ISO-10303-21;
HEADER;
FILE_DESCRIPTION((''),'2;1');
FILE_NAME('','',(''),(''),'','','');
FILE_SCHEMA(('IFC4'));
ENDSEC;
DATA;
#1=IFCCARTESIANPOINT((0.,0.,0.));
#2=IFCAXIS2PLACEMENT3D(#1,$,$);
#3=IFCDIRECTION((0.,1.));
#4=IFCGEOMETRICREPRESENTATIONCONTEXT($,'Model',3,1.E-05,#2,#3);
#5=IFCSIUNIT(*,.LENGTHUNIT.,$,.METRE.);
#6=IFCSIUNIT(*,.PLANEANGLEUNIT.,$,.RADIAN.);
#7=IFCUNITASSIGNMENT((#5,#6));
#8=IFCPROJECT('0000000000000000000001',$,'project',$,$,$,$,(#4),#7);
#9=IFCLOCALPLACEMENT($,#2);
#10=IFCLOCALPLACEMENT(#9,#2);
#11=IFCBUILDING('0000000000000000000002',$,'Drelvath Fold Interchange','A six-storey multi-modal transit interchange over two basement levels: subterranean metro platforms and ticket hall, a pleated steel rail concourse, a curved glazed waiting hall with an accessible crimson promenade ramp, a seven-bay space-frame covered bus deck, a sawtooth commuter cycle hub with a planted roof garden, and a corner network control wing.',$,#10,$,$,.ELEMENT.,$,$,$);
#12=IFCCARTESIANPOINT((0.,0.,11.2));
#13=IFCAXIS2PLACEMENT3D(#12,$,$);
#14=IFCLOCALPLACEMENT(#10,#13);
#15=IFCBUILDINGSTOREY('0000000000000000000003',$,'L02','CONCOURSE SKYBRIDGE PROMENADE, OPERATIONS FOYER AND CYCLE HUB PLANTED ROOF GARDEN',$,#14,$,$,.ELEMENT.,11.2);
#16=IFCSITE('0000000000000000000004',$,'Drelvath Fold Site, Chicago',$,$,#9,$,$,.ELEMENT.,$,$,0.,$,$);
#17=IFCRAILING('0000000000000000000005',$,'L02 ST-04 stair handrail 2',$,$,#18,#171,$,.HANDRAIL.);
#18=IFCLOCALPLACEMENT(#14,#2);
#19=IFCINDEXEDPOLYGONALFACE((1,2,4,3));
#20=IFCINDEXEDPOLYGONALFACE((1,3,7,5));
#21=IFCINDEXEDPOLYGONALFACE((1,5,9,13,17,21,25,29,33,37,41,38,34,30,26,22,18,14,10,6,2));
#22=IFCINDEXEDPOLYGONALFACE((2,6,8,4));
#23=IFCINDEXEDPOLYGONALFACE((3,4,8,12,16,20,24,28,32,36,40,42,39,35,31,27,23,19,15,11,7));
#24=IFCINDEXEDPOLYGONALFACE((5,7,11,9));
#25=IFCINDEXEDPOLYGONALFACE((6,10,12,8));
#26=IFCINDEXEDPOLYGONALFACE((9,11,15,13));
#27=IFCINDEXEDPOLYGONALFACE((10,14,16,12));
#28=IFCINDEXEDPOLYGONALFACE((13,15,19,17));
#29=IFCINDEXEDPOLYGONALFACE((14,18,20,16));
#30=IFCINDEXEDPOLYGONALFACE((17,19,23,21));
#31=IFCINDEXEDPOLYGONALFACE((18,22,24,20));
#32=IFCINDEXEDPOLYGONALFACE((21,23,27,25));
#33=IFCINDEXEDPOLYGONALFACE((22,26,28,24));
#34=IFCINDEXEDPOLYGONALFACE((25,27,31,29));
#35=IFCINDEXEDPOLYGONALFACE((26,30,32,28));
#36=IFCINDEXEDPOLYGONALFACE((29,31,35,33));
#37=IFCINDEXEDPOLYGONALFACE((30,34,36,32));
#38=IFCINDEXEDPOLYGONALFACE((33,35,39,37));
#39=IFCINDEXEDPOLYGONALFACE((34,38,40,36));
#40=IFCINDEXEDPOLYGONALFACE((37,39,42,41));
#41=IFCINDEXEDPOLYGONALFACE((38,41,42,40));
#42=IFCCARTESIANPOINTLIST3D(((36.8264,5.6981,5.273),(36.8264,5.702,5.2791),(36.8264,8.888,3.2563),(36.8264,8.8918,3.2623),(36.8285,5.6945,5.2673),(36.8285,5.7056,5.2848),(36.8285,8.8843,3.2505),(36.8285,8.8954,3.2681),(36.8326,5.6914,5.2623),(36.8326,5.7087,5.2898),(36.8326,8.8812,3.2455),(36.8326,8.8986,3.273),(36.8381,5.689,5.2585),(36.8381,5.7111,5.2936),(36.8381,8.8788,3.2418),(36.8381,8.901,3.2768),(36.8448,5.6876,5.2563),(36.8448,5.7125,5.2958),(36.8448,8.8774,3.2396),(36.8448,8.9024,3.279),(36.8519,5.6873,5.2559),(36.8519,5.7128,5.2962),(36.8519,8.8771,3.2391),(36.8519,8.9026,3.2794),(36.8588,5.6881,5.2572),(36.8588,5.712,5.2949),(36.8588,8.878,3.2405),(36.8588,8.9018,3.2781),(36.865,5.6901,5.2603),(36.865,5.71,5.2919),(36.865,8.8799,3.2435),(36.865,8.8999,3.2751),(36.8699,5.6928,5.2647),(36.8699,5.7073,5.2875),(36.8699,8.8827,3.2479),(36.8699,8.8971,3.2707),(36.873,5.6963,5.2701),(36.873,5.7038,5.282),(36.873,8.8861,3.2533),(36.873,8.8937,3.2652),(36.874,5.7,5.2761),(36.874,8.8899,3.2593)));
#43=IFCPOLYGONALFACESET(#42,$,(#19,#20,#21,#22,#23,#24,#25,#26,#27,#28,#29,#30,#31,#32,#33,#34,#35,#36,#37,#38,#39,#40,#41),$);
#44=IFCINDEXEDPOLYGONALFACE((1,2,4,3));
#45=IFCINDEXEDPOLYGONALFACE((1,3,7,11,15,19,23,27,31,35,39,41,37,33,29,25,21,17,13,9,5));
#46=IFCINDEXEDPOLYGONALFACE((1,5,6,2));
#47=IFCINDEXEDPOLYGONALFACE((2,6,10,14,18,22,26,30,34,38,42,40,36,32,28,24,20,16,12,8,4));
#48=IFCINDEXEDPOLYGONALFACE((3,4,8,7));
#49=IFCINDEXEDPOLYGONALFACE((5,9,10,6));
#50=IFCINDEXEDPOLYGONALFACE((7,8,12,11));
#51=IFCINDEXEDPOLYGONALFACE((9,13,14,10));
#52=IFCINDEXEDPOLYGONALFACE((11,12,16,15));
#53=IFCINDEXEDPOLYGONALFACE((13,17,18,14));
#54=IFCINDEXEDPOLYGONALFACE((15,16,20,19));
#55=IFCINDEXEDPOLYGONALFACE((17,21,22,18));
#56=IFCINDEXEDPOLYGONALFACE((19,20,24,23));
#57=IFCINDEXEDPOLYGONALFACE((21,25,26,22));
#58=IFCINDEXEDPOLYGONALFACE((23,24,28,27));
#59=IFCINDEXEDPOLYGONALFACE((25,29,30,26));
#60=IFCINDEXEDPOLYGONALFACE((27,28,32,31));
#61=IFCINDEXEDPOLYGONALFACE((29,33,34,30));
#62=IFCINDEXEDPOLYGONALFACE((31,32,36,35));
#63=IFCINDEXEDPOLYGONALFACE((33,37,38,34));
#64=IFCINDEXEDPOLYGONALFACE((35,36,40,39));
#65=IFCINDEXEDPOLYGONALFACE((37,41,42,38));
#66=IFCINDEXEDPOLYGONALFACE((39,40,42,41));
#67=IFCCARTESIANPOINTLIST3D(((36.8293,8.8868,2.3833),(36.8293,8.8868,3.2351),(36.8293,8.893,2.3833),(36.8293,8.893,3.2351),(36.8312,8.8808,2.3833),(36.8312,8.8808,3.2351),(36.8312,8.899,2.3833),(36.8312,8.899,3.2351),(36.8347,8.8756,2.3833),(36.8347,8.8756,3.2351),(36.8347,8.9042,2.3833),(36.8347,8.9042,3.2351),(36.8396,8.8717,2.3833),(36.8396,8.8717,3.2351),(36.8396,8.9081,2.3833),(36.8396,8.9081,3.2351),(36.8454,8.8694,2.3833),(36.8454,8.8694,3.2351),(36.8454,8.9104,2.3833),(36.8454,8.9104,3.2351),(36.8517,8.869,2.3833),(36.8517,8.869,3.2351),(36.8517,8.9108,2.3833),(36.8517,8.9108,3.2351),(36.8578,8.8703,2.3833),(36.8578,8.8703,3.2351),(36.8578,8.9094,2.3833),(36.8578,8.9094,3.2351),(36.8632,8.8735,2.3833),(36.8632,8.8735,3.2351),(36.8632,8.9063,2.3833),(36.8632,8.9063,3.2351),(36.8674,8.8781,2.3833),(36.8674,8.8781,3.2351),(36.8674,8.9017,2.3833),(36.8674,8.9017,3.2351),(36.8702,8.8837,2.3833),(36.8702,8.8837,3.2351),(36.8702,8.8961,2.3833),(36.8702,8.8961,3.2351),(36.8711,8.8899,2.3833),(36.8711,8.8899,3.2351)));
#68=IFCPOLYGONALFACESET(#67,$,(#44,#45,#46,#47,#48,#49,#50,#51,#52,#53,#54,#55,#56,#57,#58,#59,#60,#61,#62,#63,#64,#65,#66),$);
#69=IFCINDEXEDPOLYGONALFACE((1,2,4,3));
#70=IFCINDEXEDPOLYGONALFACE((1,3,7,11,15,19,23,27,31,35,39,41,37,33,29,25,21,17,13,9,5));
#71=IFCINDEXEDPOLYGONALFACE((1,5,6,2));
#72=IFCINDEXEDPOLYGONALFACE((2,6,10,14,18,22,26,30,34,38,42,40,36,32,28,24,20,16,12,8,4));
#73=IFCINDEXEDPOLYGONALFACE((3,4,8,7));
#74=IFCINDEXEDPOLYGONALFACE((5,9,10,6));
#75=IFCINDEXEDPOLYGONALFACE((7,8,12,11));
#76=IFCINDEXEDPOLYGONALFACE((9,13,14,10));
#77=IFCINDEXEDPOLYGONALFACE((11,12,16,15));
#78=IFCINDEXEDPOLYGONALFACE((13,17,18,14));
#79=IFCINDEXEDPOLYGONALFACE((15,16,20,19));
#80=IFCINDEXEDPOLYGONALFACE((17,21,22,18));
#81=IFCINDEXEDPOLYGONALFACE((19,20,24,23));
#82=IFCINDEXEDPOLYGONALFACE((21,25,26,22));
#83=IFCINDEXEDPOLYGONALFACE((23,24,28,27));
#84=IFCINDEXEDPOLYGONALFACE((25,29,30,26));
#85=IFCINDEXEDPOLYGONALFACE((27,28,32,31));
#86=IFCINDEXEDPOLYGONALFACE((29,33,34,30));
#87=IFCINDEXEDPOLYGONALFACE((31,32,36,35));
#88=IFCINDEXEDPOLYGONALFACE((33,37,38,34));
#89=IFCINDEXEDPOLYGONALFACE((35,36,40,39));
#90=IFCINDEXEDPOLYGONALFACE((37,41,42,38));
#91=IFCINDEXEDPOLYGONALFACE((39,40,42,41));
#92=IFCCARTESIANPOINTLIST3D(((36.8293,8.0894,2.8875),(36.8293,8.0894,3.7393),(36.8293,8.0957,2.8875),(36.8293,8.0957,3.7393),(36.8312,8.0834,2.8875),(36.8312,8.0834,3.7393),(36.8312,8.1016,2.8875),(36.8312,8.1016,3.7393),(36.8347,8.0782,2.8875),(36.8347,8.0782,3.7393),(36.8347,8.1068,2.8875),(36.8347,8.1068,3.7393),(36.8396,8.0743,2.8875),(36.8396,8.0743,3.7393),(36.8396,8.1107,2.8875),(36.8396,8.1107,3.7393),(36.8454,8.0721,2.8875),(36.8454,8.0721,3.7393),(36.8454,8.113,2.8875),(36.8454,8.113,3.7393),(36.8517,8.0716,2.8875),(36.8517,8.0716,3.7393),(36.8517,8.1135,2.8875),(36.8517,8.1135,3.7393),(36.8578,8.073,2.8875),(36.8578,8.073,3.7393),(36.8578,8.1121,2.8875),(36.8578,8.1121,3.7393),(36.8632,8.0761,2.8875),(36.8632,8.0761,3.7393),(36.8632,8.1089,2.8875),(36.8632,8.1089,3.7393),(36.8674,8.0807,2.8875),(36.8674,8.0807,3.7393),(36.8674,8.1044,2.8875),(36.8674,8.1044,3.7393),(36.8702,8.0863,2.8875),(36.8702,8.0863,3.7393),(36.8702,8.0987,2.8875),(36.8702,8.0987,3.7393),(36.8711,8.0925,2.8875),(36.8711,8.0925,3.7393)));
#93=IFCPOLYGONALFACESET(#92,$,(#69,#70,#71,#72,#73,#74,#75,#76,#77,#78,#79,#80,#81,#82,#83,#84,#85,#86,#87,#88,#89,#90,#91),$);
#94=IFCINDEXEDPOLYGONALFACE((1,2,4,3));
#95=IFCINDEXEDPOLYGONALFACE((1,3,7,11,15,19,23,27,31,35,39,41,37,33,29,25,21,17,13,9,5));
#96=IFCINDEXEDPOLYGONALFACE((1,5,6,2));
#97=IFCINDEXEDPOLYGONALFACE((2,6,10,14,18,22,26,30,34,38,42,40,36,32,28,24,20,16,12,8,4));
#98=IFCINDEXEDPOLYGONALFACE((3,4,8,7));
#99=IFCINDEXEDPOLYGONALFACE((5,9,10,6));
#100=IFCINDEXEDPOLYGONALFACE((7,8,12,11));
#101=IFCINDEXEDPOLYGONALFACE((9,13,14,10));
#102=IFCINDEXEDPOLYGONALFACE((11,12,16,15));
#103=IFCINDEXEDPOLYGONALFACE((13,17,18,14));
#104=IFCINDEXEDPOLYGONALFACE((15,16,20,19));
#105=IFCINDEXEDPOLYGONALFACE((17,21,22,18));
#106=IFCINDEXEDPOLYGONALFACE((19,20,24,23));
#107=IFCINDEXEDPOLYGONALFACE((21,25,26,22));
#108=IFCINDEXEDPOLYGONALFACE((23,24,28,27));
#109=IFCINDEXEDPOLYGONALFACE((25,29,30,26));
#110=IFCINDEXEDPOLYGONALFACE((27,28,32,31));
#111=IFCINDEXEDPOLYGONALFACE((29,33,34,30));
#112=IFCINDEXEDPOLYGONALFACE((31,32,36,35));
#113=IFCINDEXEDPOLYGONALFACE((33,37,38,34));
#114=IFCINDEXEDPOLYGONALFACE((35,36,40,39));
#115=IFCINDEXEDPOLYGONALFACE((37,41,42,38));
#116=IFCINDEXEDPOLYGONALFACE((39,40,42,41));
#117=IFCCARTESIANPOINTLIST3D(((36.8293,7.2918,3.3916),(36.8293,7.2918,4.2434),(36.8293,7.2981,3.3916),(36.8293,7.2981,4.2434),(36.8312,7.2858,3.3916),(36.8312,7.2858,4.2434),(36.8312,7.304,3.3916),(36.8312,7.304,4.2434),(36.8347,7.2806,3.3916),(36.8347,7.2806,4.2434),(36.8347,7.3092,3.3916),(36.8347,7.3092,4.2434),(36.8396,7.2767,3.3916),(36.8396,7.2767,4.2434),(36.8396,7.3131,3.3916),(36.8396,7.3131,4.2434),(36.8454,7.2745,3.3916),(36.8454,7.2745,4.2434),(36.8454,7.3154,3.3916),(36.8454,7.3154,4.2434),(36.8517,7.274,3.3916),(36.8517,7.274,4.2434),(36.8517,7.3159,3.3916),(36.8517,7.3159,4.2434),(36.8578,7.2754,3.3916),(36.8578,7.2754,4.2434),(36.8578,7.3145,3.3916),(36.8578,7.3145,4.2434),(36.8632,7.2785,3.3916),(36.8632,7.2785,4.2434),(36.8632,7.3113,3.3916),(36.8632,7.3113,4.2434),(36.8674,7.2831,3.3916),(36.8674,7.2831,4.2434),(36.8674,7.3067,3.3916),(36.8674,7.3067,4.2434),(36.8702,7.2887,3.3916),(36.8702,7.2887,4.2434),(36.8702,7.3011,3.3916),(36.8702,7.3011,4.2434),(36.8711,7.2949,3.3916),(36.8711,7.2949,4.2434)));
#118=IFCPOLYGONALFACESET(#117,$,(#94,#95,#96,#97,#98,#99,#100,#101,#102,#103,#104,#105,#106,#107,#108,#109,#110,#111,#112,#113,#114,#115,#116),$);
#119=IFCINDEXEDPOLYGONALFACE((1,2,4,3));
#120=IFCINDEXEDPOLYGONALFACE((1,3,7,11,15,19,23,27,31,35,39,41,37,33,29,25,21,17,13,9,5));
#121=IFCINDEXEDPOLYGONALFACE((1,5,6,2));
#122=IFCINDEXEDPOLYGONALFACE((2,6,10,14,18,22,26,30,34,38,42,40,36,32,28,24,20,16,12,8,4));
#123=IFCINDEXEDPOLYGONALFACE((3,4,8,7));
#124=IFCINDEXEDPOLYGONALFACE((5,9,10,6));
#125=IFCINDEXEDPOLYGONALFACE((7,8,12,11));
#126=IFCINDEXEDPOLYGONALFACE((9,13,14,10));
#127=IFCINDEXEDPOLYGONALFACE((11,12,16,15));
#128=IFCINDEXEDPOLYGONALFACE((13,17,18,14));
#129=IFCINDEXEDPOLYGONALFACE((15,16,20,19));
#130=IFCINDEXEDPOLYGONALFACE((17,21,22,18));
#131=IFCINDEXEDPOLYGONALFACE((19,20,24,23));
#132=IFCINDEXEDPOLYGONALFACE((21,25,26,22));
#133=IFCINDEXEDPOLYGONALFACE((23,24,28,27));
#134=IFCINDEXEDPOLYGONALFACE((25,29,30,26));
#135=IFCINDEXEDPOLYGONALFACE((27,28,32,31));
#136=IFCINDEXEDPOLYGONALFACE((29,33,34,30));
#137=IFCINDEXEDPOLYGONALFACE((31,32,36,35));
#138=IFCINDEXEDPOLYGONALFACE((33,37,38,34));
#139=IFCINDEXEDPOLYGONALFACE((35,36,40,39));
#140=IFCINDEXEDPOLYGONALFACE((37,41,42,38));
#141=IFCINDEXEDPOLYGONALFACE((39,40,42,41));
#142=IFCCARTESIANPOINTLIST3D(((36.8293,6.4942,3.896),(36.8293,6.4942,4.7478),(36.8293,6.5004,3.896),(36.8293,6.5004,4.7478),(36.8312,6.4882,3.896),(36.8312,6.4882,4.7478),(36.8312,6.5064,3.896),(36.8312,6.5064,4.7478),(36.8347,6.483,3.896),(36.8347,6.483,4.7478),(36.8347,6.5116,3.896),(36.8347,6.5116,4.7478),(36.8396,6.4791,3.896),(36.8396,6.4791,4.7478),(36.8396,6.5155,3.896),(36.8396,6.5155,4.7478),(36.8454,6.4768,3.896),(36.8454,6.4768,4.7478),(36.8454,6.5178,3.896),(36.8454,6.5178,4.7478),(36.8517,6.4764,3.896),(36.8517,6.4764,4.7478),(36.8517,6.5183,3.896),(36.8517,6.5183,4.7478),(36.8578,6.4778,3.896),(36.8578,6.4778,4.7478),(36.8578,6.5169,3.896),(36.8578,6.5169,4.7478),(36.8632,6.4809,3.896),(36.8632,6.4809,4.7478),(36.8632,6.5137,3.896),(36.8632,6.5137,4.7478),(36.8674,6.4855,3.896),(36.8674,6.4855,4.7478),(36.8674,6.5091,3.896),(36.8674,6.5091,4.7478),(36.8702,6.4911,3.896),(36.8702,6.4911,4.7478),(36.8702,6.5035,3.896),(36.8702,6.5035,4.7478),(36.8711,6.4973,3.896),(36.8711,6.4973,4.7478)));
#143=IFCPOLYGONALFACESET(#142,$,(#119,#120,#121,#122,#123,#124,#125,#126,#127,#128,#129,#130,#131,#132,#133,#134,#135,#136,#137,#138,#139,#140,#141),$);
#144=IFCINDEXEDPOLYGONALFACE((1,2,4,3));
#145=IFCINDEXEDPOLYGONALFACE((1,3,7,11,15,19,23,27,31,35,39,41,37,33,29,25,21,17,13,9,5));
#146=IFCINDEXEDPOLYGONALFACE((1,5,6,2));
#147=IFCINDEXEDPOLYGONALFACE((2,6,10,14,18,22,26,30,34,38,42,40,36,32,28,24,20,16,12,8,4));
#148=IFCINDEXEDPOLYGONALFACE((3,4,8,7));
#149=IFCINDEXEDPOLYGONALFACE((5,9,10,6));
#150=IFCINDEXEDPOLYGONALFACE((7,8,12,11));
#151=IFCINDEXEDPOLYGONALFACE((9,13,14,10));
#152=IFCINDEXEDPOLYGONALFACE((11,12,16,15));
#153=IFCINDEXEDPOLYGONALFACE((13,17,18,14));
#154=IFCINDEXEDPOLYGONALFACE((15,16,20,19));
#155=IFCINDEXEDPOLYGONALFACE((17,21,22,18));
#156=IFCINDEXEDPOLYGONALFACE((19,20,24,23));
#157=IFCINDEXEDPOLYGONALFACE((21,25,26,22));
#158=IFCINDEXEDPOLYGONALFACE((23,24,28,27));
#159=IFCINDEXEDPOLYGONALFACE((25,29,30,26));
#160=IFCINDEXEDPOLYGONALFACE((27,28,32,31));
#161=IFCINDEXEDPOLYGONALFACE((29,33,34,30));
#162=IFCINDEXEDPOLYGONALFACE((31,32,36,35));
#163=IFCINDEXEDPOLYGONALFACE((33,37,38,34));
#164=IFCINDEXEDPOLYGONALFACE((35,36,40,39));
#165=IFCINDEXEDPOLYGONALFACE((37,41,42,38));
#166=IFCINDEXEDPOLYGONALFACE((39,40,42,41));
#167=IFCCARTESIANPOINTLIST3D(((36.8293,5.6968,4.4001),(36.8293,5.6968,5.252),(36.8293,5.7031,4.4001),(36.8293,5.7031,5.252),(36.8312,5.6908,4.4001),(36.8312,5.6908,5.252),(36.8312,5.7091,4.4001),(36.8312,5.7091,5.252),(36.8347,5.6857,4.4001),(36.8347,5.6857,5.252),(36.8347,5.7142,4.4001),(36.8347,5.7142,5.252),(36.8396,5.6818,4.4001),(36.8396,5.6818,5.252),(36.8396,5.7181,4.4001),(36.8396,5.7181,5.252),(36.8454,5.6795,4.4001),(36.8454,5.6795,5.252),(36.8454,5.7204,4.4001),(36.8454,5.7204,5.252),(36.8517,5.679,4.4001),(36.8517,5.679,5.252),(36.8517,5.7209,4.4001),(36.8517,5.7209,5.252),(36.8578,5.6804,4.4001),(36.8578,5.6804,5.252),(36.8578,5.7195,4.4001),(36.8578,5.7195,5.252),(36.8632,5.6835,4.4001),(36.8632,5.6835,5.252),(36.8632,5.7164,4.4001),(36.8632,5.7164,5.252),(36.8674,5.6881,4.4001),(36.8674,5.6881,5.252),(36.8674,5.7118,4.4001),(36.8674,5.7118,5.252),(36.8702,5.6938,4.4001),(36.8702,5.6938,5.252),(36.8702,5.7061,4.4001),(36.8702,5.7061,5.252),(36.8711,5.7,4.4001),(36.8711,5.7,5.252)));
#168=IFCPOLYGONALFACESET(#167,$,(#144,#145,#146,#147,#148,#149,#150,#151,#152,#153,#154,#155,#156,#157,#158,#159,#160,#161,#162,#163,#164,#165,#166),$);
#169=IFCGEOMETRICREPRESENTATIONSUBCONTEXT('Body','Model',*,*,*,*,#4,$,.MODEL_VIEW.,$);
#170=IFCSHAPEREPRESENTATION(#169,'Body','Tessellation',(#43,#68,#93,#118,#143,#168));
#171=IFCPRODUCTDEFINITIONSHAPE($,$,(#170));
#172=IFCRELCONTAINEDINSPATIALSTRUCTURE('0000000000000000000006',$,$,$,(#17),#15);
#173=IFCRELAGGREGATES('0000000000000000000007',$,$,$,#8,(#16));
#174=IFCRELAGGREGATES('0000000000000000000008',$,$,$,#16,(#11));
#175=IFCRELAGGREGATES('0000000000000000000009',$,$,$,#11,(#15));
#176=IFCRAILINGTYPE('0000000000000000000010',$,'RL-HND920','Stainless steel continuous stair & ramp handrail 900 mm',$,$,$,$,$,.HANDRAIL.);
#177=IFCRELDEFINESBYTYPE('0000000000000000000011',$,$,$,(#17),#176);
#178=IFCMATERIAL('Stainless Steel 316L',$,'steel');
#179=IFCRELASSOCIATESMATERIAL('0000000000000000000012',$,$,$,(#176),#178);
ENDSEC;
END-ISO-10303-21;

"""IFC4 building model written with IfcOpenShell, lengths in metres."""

from ifc_helpers import new_model, si_unit, direction, frame, origin, origin_2d, place, context, subcontext, project, spatial, circle, extrude, material, type_object, element, save


model = new_model("IFC4")

# Units and contexts
model_context = context("Model", 3, precision=1e-05, world=origin(), true_north=direction((0.0, 1.0)))
body_context = subcontext(model_context, "Body", "Model", "MODEL_VIEW")
ifc_project = project(units=[si_unit("LENGTHUNIT", "METRE"), si_unit("PLANEANGLEUNIT", "RADIAN")], contexts=[model_context])

# Site, building, storey
site_placement = place(None, origin())
site = spatial("IfcSite", under=ifc_project, at=site_placement, Name="Drelvath Fold Site, Chicago", CompositionType="ELEMENT", RefElevation=0.0)
building_placement = place(site_placement, origin())
building = spatial("IfcBuilding", under=site, at=building_placement, Name="Drelvath Fold Interchange", Description="A six-storey multi-modal transit interchange over two basement levels: subterranean metro platforms and ticket hall, a pleated steel rail concourse, a curved glazed waiting hall with an accessible crimson promenade ramp, a seven-bay space-frame covered bus deck, a sawtooth commuter cycle hub with a planted roof garden, and a corner network control wing.", CompositionType="ELEMENT")
storey_placement = place(building_placement, frame((0.0, 0.0, 11.2)))
storey = spatial("IfcBuildingStorey", under=building, at=storey_placement, Name="L02", Description="CONCOURSE SKYBRIDGE PROMENADE, OPERATIONS FOYER AND CYCLE HUB PLANTED ROOF GARDEN", CompositionType="ELEMENT", Elevation=11.2)

# Railing
ifc_material_1 = material(Name="Stainless Steel 316L", Category="steel")
railing_type_1 = type_object("IfcRailingType", Name="RL-HND920", Description="Stainless steel continuous stair & ramp handrail 900 mm", PredefinedType="HANDRAIL", material=ifc_material_1)
railing_1_placement = place(storey_placement, frame((36.8501, 8.8899, 2.3833)))
element("IfcRailing", 1, at=railing_1_placement, inside=storey, type_object=railing_type_1, Name="L02 ST-04 stair handrail 2", PredefinedType="HANDRAIL", context=body_context, shape_type="SweptSolid", body=[
    extrude(circle(Radius=0.0239, at=origin_2d()), frame((0.0, 0.0, 0.876), z_axis=(0.0, -0.845232, 0.534399), x_axis=(1.0, 0.0, 0.0)), (0.0, 0.0, 1.0), 3.7739),
    extrude(circle(Radius=0.021, at=origin_2d()), origin(), (0.0, 0.0, 1.0), 0.8518),
    extrude(circle(Radius=0.021, at=origin_2d()), frame((0.0, -0.7974, 0.5042)), (0.0, 0.0, 1.0), 0.8518),
    extrude(circle(Radius=0.021, at=origin_2d()), frame((0.0, -1.595, 1.0083)), (0.0, 0.0, 1.0), 0.8518),
    extrude(circle(Radius=0.021, at=origin_2d()), frame((0.0, -2.3926, 1.5127)), (0.0, 0.0, 1.0), 0.8518),
    extrude(circle(Radius=0.021, at=origin_2d()), frame((0.0, -3.1899, 2.0168)), (0.0, 0.0, 1.0), 0.8518),
])

save(model, "model.ifc")
